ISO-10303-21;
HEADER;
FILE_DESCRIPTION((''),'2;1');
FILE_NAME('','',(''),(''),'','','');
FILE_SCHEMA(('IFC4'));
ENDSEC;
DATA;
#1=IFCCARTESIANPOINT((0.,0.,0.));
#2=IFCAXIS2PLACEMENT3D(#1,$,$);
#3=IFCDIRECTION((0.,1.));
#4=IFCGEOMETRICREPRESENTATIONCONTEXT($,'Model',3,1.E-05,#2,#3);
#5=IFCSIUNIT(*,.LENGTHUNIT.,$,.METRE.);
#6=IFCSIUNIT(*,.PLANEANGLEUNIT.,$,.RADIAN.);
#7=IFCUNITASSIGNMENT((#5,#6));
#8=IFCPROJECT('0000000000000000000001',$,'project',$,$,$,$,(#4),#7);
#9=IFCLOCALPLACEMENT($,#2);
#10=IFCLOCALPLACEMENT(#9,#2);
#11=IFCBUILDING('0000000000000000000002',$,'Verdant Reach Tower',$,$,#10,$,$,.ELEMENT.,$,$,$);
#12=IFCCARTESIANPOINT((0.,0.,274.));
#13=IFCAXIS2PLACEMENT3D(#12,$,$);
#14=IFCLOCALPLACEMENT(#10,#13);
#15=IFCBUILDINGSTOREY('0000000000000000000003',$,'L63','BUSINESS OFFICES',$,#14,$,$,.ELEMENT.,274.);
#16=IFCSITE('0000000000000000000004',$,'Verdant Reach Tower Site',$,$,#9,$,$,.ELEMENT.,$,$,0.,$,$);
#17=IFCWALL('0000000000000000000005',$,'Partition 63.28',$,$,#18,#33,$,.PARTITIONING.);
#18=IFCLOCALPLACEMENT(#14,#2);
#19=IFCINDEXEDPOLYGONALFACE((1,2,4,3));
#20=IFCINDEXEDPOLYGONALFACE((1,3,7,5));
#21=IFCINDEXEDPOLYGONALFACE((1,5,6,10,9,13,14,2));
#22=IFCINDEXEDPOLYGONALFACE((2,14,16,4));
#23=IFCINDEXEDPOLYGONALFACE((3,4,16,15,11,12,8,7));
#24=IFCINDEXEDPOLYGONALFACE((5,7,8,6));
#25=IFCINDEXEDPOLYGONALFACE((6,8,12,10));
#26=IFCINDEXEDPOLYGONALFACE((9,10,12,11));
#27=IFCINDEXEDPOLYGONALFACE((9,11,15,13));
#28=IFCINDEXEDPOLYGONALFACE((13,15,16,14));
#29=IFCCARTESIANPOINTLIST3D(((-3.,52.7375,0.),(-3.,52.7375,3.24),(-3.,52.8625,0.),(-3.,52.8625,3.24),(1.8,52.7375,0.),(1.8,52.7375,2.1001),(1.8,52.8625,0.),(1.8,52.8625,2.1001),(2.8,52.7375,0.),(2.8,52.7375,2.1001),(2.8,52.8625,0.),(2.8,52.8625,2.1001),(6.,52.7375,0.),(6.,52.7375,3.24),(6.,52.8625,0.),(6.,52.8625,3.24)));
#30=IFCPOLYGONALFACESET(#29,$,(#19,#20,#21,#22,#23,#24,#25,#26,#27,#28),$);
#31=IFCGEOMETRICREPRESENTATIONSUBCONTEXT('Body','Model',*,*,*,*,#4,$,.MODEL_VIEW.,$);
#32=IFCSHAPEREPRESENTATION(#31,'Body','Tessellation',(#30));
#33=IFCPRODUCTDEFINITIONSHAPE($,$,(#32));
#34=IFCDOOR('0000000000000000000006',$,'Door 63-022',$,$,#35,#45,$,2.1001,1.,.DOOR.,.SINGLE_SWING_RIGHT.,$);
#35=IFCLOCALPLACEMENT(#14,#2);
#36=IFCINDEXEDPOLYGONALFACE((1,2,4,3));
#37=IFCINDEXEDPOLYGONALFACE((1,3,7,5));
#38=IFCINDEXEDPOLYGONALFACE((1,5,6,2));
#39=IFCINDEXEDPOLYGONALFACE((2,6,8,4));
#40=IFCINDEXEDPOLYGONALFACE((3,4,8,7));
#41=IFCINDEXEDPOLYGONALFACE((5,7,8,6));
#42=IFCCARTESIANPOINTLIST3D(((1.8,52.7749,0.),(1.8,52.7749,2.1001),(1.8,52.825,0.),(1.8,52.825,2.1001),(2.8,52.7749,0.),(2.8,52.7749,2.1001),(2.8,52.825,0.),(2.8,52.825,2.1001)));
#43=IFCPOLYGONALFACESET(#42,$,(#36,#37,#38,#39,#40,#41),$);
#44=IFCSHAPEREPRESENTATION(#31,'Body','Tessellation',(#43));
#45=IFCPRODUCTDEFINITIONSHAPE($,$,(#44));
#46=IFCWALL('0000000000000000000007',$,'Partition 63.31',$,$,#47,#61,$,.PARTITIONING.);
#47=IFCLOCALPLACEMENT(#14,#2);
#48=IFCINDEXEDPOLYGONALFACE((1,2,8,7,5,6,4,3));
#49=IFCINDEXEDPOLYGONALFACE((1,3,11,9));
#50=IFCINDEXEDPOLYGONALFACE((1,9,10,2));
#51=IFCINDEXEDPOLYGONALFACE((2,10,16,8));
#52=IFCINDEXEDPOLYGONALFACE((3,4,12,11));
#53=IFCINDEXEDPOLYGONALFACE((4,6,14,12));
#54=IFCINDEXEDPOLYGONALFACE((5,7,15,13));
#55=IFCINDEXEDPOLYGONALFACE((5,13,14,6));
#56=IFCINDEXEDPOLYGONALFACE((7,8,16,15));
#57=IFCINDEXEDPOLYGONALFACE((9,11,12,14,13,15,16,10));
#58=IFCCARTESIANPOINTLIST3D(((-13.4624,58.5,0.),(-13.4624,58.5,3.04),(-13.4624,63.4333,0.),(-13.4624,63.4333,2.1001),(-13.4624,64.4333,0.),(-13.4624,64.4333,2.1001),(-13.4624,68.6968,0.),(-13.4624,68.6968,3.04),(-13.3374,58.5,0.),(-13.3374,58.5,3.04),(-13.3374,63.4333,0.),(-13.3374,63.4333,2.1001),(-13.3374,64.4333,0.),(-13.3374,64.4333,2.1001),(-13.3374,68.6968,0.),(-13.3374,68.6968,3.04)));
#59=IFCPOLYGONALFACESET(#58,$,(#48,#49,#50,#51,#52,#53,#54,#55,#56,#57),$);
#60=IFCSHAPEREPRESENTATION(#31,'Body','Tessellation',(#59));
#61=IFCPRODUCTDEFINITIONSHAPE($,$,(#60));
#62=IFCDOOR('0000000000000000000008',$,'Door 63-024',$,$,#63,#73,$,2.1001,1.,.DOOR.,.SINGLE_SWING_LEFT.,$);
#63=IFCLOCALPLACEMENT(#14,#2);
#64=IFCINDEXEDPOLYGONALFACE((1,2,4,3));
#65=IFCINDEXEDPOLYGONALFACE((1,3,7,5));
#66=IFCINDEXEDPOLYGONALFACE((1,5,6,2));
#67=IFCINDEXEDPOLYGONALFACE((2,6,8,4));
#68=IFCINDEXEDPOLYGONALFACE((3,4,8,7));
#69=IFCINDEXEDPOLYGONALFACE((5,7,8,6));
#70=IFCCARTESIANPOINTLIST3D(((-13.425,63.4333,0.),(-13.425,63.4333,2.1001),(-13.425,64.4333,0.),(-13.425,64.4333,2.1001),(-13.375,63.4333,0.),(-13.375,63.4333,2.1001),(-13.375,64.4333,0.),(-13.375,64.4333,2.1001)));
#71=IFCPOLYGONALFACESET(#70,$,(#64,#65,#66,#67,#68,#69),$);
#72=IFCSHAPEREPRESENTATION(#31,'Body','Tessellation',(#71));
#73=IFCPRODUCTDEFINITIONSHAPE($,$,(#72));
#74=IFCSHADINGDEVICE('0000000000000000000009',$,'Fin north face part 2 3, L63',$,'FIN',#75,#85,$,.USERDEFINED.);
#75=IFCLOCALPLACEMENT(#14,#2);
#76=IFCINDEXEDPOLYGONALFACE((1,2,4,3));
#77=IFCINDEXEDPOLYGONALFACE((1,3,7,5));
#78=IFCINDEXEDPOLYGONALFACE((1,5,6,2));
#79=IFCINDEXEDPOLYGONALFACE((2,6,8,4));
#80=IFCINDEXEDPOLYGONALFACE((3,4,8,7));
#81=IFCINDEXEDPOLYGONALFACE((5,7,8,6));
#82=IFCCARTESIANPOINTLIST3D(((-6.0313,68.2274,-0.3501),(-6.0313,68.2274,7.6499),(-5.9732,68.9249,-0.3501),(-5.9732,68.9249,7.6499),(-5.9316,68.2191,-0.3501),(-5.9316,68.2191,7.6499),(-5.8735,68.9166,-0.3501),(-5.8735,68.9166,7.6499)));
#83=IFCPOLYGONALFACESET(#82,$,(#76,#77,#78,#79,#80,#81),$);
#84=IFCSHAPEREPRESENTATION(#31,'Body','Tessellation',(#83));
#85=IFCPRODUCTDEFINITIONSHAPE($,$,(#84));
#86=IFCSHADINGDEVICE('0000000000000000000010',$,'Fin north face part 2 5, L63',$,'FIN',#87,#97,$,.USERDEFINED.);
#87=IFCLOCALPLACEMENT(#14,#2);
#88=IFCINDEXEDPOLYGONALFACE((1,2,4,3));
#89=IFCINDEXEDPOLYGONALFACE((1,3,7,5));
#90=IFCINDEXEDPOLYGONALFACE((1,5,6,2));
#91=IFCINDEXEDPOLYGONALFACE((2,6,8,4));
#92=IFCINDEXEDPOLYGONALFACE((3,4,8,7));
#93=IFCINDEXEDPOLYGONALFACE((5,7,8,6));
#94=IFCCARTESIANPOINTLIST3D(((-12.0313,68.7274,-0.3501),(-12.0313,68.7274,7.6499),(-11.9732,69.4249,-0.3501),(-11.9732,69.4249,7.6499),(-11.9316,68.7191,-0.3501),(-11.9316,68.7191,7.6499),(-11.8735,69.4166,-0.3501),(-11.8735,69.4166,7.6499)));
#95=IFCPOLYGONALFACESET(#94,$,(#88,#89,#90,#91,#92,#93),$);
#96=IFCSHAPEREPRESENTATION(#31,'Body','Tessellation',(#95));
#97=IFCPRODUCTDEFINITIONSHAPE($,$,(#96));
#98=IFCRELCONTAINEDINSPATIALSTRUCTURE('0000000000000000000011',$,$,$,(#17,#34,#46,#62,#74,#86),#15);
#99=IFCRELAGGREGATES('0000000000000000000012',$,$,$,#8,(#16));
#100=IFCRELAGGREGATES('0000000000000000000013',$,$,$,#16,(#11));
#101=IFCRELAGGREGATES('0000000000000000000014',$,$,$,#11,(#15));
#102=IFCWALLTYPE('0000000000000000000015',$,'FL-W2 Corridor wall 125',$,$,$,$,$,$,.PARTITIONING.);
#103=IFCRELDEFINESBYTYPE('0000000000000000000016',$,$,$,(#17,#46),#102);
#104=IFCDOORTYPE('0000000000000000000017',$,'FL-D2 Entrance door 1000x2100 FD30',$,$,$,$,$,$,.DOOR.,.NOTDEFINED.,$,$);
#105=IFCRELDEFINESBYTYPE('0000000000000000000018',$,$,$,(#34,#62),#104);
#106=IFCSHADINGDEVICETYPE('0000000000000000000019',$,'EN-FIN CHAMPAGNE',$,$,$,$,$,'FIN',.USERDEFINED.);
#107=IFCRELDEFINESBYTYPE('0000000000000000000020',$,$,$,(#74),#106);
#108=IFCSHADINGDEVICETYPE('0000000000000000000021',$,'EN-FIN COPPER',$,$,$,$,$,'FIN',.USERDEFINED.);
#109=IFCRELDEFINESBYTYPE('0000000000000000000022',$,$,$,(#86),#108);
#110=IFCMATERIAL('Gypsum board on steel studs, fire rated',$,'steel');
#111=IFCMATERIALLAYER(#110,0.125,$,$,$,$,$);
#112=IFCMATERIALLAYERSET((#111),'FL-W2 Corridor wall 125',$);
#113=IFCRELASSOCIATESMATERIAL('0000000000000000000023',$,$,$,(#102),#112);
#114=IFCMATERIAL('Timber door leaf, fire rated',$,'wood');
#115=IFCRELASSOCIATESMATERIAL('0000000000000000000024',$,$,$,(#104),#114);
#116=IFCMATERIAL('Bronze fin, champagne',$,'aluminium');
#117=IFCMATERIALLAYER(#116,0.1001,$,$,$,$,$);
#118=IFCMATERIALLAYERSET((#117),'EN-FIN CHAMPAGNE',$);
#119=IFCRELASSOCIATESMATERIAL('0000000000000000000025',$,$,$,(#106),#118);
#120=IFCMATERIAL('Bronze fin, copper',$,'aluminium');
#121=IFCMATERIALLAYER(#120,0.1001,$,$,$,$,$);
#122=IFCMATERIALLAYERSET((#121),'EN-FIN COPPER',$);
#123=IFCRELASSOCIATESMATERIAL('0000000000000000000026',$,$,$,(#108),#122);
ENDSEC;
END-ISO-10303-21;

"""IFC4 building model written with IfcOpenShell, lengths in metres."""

from ifc_helpers import new_model, si_unit, direction, frame, frame_2d, origin, origin_2d, place, context, subcontext, project, spatial, rectangle, extrude, material, layer, layer_set, type_object, element, fill, save


model = new_model("IFC4")

# Units and contexts
model_context = context("Model", 3, precision=1e-05, world=origin(), true_north=direction((0.0, 1.0)))
body_context = subcontext(model_context, "Body", "Model", "MODEL_VIEW")
ifc_project = project(units=[si_unit("LENGTHUNIT", "METRE"), si_unit("PLANEANGLEUNIT", "RADIAN")], contexts=[model_context])

# Site, building, storey
site_placement = place(None, origin())
site = spatial("IfcSite", under=ifc_project, at=site_placement, Name="Verdant Reach Tower Site", CompositionType="ELEMENT", RefElevation=0.0)
building_placement = place(site_placement, origin())
building = spatial("IfcBuilding", under=site, at=building_placement, Name="Verdant Reach Tower", CompositionType="ELEMENT")
storey_placement = place(building_placement, frame((0.0, 0.0, 274.0)))
storey = spatial("IfcBuildingStorey", under=building, at=storey_placement, Name="L63", Description="BUSINESS OFFICES", CompositionType="ELEMENT", Elevation=274.0)

# Shared definitions
ifc_material_1 = material(Name="Gypsum board on steel studs, fire rated", Category="steel")
ifc_layer_1 = layer(ifc_material_1, 0.125)
ifc_layer_set_1 = layer_set([ifc_layer_1], Name="FL-W2 Corridor wall 125")
wall_type_1 = type_object("IfcWallType", Name="FL-W2 Corridor wall 125", PredefinedType="PARTITIONING", material=ifc_layer_set_1)
ifc_material_2 = material(Name="Timber door leaf, fire rated", Category="wood")
door_type_1 = type_object("IfcDoorType", Name="FL-D2 Entrance door 1000x2100 FD30", OperationType="NOTDEFINED", PredefinedType="DOOR", material=ifc_material_2)

# Walls, openings, doors
wall_1_placement = place(storey_placement, frame((-3.0, 52.8, 0.0), z_axis=(0.0, 0.0, 1.0), x_axis=(1.0, 0.0, 0.0)))
wall_1 = element("IfcWall", 1, at=wall_1_placement, inside=storey, type_object=wall_type_1, Name="Partition 63.28", PredefinedType="PARTITIONING", context=body_context, shape_type="SweptSolid", body=[
    extrude(rectangle(XDim=9.0, YDim=0.125, at=frame_2d((4.5, 0.0))), origin(), (0.0, 0.0, 1.0), 3.24),
])
opening_1_placement = place(wall_1_placement, frame((4.8, 0.0, 0.0)))
opening_1 = element("IfcOpeningElement", 2, at=opening_1_placement, cuts=wall_1, PredefinedType="OPENING", context=body_context, shape_type="SweptSolid", body=[
    extrude(rectangle(XDim=1.0, YDim=2.1001, at=frame_2d((0.5, 1.05))), frame((0.0, 0.0725, 0.0), z_axis=(0.0, -1.0, 0.0), x_axis=(1.0, 0.0, 0.0)), (0.0, 0.0, 1.0), 0.145),
])
door_1_placement = place(opening_1_placement, origin())
door_1 = element("IfcDoor", 3, at=door_1_placement, inside=storey, type_object=door_type_1, Name="Door 63-022", OperationType="SINGLE_SWING_RIGHT", OverallHeight=2.1001, OverallWidth=1.0, PredefinedType="DOOR", context=body_context, shape_type="SweptSolid", body=[
    extrude(rectangle(XDim=1.0, YDim=2.1001, at=frame_2d((0.5, 1.05))), frame((0.0, 0.0249, 0.0), z_axis=(0.0, -1.0, 0.0), x_axis=(1.0, 0.0, 0.0)), (0.0, 0.0, 1.0), 0.05),
])
fill(opening_1, door_1)
wall_2_placement = place(storey_placement, frame((-13.3999, 68.6968, 0.0), z_axis=(0.0, 0.0, 1.0), x_axis=(0.0, -1.0, 0.0)))
wall_2 = element("IfcWall", 4, at=wall_2_placement, inside=storey, type_object=wall_type_1, Name="Partition 63.31", PredefinedType="PARTITIONING", context=body_context, shape_type="SweptSolid", body=[
    extrude(rectangle(XDim=10.1968, YDim=0.125, at=frame_2d((5.0984, 0.0))), origin(), (0.0, 0.0, 1.0), 3.04),
])
opening_2_placement = place(wall_2_placement, frame((4.2634, 0.0, 0.0)))
opening_2 = element("IfcOpeningElement", 5, at=opening_2_placement, cuts=wall_2, PredefinedType="OPENING", context=body_context, shape_type="SweptSolid", body=[
    extrude(rectangle(XDim=1.0, YDim=2.1001, at=frame_2d((0.5, 1.05))), frame((0.0, 0.0725, 0.0), z_axis=(0.0, -1.0, 0.0), x_axis=(1.0, 0.0, 0.0)), (0.0, 0.0, 1.0), 0.145),
])
door_2_placement = place(opening_2_placement, origin())
door_2 = element("IfcDoor", 6, at=door_2_placement, inside=storey, type_object=door_type_1, Name="Door 63-024", OperationType="SINGLE_SWING_LEFT", OverallHeight=2.1001, OverallWidth=1.0, PredefinedType="DOOR", context=body_context, shape_type="SweptSolid", body=[
    extrude(rectangle(XDim=1.0, YDim=2.1001, at=frame_2d((0.5, 1.05))), frame((0.0, 0.0249, 0.0), z_axis=(0.0, -1.0, 0.0), x_axis=(1.0, 0.0, 0.0)), (0.0, 0.0, 1.0), 0.05),
])
fill(opening_2, door_2)

# Shading devices
ifc_material_3 = material(Name="Bronze fin, champagne", Category="aluminium")
ifc_layer_2 = layer(ifc_material_3, 0.1001)
ifc_layer_set_2 = layer_set([ifc_layer_2], Name="EN-FIN CHAMPAGNE")
shading_device_type_1 = type_object("IfcShadingDeviceType", Name="EN-FIN CHAMPAGNE", ElementType="FIN", PredefinedType="USERDEFINED", material=ifc_layer_set_2)
shading_device_1_placement = place(storey_placement, frame((-5.9524, 68.572, -0.3501), z_axis=(0.0, 0.0, 1.0), x_axis=(-0.996546, 0.083045, 0.0)))
element("IfcShadingDevice", 7, at=shading_device_1_placement, inside=storey, type_object=shading_device_type_1, Name="Fin north face part 2 3, L63", ObjectType="FIN", PredefinedType="USERDEFINED", context=body_context, shape_type="SweptSolid", body=[
    extrude(rectangle(XDim=0.1001, YDim=0.7, at=origin_2d()), origin(), (0.0, 0.0, 1.0), 8.0),
])
ifc_material_4 = material(Name="Bronze fin, copper", Category="aluminium")
ifc_layer_3 = layer(ifc_material_4, 0.1001)
ifc_layer_set_3 = layer_set([ifc_layer_3], Name="EN-FIN COPPER")
shading_device_type_2 = type_object("IfcShadingDeviceType", Name="EN-FIN COPPER", ElementType="FIN", PredefinedType="USERDEFINED", material=ifc_layer_set_3)
shading_device_2_placement = place(storey_placement, frame((-11.9524, 69.072, -0.3501), z_axis=(0.0, 0.0, 1.0), x_axis=(-0.996546, 0.083045, 0.0)))
element("IfcShadingDevice", 8, at=shading_device_2_placement, inside=storey, type_object=shading_device_type_2, Name="Fin north face part 2 5, L63", ObjectType="FIN", PredefinedType="USERDEFINED", context=body_context, shape_type="SweptSolid", body=[
    extrude(rectangle(XDim=0.1001, YDim=0.7, at=origin_2d()), origin(), (0.0, 0.0, 1.0), 8.0),
])

save(model, "model.ifc")
